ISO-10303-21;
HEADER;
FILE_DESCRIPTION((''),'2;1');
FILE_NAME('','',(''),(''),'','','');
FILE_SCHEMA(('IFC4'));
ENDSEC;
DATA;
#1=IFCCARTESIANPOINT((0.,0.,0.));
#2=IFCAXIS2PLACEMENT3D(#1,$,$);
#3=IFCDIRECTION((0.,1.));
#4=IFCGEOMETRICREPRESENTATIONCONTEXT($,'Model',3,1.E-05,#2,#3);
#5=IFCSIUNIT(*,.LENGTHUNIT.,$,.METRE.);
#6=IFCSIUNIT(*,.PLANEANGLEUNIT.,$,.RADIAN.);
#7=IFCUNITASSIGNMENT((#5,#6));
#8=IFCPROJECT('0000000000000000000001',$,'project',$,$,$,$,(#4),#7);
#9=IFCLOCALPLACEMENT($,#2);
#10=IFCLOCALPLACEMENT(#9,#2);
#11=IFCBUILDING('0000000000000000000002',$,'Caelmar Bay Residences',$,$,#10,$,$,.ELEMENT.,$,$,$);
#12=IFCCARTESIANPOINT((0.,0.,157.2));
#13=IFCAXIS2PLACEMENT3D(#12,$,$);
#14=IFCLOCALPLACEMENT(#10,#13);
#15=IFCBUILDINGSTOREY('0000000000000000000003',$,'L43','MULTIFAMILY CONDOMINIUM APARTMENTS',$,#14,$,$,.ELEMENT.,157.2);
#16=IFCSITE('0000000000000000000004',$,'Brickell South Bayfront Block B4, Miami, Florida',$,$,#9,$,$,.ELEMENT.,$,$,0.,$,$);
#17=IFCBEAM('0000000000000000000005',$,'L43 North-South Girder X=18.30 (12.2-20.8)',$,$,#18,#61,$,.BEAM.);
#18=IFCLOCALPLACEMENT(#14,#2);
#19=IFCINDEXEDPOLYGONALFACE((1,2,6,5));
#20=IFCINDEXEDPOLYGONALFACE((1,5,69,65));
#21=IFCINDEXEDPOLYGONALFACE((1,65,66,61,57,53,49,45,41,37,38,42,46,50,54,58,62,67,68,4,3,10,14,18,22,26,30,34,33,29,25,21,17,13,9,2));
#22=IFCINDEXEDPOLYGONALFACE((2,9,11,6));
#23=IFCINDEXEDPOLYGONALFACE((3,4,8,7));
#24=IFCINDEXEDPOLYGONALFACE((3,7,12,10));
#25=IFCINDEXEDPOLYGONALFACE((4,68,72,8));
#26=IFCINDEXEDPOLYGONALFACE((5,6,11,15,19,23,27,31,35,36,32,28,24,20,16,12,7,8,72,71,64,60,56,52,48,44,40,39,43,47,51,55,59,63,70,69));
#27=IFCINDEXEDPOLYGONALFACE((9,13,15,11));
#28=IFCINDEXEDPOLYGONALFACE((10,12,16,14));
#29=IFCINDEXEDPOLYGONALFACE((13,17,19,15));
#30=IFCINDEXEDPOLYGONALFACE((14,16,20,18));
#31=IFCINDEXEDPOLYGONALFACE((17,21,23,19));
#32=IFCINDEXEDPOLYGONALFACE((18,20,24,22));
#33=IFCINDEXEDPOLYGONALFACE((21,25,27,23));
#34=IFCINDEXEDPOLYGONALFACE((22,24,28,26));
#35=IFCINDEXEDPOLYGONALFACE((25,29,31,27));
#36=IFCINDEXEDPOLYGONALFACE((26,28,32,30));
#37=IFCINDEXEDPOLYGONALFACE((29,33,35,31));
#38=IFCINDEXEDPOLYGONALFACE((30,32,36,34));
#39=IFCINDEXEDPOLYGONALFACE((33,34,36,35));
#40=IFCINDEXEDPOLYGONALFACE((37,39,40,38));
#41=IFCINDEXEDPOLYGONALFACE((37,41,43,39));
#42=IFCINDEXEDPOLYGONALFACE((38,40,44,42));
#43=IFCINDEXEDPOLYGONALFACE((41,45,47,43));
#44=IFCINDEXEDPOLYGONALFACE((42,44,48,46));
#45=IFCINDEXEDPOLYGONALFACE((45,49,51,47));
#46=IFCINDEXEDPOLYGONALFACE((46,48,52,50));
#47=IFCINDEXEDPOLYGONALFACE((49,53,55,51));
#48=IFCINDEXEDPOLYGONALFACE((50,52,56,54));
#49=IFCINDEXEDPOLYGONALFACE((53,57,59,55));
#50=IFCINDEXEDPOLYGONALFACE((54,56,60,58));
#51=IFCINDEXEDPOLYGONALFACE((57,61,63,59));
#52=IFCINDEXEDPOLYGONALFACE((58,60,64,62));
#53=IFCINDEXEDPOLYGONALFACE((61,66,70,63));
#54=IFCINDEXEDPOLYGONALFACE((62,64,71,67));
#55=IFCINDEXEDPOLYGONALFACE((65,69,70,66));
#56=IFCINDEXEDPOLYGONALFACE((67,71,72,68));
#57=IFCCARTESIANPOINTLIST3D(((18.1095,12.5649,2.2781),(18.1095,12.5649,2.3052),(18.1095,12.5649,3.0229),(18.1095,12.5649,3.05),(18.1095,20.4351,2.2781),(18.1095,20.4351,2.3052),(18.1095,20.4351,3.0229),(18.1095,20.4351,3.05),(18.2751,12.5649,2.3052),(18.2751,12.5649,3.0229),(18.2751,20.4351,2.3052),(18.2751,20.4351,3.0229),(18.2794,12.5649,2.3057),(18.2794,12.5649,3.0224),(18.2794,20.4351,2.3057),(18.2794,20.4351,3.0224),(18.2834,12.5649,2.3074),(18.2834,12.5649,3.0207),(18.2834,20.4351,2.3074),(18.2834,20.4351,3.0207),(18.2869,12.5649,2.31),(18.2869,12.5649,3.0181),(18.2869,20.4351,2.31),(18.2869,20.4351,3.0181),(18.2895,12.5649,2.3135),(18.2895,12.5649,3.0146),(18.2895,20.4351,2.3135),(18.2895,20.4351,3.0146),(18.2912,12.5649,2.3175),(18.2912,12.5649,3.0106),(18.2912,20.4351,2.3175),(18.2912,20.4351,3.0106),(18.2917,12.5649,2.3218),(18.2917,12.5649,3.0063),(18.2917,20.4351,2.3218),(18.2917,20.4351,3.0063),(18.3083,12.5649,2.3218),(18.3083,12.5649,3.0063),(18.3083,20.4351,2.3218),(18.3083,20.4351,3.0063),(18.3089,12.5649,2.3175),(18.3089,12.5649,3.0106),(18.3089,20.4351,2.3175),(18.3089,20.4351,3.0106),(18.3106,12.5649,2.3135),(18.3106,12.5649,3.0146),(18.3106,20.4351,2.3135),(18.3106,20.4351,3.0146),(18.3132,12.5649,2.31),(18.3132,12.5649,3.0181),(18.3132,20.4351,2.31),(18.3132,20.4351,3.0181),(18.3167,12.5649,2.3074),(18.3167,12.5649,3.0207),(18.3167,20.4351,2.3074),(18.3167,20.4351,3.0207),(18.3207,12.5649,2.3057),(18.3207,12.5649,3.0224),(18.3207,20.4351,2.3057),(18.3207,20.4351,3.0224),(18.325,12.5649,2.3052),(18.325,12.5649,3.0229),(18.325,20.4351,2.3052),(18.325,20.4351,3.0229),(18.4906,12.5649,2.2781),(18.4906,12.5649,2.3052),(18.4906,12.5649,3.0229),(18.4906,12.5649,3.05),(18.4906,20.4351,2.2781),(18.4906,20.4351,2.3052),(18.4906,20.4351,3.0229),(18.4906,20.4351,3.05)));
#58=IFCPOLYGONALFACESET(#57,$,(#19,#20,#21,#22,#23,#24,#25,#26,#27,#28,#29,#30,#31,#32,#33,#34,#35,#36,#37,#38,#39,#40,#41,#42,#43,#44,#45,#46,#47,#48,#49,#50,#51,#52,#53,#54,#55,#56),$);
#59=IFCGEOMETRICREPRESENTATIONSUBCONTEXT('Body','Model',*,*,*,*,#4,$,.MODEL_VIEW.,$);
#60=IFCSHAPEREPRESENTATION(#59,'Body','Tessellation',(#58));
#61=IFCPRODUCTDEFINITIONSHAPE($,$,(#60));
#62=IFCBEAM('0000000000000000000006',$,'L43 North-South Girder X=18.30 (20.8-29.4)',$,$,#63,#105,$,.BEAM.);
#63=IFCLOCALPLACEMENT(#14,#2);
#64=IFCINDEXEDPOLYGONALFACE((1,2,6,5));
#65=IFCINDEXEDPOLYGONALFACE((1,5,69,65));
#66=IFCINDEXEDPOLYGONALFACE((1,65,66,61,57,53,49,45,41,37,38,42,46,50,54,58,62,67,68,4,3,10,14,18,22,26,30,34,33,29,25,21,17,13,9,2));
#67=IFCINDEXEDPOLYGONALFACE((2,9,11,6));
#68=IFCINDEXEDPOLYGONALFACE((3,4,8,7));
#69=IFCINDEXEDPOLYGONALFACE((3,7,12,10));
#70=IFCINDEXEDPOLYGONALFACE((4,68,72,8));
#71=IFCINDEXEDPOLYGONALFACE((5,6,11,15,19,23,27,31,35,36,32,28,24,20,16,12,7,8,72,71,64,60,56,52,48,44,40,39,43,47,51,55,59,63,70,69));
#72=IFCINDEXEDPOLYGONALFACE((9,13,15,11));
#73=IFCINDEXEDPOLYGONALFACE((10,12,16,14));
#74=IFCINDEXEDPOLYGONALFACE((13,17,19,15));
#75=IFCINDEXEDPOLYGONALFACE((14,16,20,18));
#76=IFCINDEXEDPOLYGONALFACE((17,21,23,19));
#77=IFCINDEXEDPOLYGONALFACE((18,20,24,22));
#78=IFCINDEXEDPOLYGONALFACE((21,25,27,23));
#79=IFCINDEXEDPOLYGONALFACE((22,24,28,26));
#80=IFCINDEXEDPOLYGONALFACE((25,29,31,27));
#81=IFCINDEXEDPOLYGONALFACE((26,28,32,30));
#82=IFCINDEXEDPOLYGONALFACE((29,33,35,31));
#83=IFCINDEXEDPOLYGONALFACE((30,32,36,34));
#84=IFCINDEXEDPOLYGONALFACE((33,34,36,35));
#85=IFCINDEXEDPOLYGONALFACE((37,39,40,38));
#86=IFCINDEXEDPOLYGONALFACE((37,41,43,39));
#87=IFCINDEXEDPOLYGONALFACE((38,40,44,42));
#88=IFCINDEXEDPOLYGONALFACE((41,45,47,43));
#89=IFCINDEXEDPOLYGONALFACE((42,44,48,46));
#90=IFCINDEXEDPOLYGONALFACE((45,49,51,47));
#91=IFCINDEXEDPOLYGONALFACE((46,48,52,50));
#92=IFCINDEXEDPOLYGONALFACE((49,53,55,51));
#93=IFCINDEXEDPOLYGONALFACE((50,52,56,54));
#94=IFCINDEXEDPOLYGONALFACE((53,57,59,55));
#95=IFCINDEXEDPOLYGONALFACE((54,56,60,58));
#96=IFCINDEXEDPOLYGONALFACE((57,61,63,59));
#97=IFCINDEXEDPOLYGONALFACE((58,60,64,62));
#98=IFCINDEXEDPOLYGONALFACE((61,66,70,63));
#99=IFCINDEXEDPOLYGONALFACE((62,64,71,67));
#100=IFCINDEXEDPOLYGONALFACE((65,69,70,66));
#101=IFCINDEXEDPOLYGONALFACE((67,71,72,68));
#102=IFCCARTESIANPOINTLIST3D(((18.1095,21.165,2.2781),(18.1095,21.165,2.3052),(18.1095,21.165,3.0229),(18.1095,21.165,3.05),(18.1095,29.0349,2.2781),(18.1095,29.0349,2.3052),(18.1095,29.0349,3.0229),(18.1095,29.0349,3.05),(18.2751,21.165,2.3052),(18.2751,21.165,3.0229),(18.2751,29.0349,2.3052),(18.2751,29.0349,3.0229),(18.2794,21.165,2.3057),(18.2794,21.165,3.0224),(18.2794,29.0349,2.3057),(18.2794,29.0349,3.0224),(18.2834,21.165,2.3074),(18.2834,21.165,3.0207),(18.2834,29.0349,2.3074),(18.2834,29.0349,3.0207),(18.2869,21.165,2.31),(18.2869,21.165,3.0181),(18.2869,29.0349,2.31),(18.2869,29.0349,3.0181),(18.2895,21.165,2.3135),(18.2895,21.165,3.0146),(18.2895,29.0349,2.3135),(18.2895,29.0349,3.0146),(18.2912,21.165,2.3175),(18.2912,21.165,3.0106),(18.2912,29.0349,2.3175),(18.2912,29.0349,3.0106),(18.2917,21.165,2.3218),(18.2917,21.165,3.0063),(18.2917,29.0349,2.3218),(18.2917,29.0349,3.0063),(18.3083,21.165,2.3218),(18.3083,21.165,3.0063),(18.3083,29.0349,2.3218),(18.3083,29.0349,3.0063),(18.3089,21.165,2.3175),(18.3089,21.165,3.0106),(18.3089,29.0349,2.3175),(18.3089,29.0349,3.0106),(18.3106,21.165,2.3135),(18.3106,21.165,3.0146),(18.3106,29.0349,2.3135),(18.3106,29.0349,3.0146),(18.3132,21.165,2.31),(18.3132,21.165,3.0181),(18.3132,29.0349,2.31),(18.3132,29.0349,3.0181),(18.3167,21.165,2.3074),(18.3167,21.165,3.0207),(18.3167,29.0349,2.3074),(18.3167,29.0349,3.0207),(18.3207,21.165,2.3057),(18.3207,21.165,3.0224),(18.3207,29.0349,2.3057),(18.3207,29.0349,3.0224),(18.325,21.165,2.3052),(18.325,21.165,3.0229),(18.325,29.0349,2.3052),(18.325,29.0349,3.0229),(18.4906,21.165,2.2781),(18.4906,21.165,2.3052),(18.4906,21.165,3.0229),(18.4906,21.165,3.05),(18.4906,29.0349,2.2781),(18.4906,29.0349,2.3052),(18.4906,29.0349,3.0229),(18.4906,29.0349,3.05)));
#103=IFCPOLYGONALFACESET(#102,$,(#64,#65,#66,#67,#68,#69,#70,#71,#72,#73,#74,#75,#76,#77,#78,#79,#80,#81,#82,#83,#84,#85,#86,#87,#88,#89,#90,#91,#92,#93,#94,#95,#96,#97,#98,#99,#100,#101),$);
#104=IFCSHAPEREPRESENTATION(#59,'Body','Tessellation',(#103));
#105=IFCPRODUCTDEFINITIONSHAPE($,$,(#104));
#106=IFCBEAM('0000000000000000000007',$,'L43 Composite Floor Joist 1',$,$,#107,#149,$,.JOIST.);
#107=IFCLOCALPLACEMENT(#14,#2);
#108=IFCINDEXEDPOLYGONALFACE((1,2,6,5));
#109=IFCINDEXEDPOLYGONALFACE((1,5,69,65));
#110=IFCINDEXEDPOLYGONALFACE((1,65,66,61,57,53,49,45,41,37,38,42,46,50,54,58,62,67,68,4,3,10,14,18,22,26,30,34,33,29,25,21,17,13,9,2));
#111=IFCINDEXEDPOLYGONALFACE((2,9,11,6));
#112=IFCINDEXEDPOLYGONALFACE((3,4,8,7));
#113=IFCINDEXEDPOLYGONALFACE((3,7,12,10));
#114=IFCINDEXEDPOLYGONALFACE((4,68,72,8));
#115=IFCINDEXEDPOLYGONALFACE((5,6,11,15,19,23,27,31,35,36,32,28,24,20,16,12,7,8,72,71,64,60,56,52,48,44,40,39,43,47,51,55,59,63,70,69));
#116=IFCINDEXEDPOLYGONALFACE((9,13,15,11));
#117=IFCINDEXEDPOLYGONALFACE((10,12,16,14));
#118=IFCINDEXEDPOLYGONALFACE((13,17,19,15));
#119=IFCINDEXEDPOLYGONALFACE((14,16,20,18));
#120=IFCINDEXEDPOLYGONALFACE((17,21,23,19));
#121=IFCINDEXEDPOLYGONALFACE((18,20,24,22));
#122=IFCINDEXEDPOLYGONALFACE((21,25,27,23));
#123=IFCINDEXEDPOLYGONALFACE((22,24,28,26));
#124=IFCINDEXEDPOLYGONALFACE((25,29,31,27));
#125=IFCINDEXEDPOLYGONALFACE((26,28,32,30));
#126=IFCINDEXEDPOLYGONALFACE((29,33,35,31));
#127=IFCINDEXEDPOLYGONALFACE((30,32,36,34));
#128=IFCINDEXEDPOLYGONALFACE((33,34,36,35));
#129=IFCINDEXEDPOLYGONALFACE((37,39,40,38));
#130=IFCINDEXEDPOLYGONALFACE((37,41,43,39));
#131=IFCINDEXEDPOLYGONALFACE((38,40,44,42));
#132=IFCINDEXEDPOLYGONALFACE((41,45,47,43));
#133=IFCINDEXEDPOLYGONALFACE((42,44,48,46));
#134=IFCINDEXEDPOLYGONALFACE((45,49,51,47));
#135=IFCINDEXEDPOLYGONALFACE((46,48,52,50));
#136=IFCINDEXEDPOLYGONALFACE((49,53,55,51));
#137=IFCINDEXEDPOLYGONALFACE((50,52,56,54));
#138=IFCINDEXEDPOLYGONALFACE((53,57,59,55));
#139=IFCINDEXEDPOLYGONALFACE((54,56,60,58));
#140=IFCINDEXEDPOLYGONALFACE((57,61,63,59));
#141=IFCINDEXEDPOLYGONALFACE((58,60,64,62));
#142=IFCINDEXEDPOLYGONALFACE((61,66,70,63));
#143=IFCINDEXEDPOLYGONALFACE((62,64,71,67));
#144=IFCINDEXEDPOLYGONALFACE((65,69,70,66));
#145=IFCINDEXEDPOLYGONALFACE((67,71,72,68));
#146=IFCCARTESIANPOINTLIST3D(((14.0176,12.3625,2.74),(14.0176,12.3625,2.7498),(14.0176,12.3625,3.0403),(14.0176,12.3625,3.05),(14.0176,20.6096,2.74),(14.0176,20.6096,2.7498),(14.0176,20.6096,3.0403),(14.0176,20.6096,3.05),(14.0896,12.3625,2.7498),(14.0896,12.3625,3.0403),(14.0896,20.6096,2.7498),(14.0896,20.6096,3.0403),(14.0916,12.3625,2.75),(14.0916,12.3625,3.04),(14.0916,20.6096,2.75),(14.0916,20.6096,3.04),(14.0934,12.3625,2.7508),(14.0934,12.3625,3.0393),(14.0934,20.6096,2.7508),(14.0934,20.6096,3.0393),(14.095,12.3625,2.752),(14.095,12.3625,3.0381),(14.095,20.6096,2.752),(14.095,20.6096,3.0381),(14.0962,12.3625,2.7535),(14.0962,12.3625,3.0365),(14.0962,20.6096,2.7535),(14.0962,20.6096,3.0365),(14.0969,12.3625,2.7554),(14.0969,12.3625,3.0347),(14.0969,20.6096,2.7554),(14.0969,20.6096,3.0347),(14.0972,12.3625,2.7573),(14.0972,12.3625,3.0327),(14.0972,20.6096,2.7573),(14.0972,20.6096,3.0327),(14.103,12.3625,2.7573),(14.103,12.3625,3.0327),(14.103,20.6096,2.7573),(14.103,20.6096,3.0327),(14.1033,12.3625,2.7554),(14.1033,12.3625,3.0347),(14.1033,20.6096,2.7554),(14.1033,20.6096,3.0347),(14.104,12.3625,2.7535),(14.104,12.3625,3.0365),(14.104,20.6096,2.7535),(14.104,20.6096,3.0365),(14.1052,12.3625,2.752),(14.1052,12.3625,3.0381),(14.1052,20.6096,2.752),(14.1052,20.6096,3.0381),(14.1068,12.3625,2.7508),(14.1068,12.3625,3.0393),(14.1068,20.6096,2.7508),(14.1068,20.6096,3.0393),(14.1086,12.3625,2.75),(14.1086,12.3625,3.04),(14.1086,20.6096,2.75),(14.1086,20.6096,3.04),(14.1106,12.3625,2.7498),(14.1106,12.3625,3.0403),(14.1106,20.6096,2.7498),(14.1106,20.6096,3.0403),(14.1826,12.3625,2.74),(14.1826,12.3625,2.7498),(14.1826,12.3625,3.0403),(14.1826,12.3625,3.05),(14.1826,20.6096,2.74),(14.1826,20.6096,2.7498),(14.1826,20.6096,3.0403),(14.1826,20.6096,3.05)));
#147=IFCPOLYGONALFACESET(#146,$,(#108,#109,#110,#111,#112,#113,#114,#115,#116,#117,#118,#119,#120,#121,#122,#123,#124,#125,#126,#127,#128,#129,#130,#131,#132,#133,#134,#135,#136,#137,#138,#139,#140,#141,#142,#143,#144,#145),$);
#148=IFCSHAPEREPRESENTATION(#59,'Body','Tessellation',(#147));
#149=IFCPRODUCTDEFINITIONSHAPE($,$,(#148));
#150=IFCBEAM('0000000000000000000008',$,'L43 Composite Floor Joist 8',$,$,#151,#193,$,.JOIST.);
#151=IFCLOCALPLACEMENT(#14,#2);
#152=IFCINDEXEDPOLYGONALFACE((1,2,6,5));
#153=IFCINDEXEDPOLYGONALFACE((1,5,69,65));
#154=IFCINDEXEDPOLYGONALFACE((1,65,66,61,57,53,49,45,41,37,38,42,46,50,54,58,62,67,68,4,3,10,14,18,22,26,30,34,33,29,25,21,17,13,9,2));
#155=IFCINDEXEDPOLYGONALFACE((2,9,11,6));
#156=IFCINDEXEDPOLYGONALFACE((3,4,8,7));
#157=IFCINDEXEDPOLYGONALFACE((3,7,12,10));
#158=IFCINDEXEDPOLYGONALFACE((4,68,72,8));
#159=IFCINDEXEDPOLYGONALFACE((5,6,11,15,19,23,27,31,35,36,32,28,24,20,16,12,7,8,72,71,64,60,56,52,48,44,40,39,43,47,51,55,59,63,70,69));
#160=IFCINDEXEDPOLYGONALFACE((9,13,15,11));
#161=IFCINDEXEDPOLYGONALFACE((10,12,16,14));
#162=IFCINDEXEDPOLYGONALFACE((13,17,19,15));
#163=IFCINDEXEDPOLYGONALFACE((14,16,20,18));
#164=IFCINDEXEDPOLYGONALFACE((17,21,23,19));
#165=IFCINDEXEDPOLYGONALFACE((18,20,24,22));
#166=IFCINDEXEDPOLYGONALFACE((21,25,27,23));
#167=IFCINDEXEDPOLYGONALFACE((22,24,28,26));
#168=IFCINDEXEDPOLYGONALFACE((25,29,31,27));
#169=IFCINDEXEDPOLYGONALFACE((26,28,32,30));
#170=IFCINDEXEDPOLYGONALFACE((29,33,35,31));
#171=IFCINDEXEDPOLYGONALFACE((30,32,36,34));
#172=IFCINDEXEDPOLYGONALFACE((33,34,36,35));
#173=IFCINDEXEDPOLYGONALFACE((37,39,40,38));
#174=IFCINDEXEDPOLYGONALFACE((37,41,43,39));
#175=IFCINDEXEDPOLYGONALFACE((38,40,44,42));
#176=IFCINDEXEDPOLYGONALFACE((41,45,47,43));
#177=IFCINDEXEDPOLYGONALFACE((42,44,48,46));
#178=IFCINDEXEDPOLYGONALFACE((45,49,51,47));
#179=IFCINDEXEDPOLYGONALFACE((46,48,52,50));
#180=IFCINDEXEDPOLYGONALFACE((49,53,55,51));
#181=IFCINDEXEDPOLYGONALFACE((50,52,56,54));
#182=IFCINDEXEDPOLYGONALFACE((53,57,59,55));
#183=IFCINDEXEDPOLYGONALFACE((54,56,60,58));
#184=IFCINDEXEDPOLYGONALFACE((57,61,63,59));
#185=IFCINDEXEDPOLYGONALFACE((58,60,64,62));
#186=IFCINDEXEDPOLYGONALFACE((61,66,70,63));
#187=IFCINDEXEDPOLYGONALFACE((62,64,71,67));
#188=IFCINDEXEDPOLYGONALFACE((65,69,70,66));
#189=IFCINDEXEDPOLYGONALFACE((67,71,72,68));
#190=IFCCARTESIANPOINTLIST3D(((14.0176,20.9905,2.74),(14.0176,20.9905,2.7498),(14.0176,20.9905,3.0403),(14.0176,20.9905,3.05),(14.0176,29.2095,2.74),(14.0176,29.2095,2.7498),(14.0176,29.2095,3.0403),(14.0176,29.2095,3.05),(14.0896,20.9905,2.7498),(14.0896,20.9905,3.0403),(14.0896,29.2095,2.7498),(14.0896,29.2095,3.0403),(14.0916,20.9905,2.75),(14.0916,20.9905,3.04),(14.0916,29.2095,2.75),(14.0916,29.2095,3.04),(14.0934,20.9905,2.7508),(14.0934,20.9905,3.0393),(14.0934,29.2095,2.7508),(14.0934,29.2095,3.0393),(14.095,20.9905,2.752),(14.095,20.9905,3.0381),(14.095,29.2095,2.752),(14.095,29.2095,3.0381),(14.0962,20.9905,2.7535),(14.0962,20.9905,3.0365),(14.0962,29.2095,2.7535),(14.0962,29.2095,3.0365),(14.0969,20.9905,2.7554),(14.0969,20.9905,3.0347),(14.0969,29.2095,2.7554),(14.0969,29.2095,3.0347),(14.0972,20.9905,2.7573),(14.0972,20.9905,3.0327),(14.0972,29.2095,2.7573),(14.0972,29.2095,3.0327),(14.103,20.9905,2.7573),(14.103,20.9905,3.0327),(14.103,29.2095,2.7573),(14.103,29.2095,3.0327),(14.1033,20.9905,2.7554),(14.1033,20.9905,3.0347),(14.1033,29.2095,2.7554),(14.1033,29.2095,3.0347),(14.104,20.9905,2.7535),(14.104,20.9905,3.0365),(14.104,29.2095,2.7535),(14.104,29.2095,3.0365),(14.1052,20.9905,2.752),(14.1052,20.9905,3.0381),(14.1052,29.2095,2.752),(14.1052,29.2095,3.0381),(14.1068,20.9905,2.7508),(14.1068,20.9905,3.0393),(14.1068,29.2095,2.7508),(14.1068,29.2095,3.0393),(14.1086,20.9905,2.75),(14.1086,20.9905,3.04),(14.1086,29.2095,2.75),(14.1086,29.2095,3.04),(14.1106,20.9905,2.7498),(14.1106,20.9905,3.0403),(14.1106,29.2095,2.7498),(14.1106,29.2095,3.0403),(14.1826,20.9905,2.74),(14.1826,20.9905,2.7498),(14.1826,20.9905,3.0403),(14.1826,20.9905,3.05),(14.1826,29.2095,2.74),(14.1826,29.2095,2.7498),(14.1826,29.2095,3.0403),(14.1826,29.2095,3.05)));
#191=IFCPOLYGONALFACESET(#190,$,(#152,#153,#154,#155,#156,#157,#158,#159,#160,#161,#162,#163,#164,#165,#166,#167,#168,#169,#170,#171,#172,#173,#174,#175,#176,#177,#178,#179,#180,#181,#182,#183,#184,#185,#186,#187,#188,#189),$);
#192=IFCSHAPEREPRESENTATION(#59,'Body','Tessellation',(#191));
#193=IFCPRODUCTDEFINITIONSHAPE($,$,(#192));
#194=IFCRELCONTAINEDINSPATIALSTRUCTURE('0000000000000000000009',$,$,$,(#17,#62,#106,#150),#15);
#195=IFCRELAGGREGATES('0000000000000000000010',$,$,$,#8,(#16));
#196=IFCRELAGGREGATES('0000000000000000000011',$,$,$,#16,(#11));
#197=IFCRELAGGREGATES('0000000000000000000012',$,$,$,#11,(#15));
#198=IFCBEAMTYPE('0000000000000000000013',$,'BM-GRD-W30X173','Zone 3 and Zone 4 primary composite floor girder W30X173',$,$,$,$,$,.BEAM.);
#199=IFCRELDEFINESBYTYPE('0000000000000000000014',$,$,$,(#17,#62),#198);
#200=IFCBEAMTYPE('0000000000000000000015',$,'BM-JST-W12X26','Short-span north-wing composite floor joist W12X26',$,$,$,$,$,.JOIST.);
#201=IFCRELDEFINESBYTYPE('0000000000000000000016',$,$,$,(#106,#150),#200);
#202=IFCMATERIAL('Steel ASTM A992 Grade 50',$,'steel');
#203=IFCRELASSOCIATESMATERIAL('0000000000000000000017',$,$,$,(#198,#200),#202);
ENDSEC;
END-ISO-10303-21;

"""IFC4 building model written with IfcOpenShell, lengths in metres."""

from ifc_helpers import new_model, si_unit, direction, frame, origin, origin_2d, place, context, subcontext, project, spatial, i_section, extrude, material, material_profile, profile_set, type_object, element, save


model = new_model("IFC4")

# Units and contexts
model_context = context("Model", 3, precision=1e-05, world=origin(), true_north=direction((0.0, 1.0)))
body_context = subcontext(model_context, "Body", "Model", "MODEL_VIEW")
ifc_project = project(units=[si_unit("LENGTHUNIT", "METRE"), si_unit("PLANEANGLEUNIT", "RADIAN")], contexts=[model_context])

# Site, building, storey
site_placement = place(None, origin())
site = spatial("IfcSite", under=ifc_project, at=site_placement, Name="Brickell South Bayfront Block B4, Miami, Florida", CompositionType="ELEMENT", RefElevation=0.0)
building_placement = place(site_placement, origin())
building = spatial("IfcBuilding", under=site, at=building_placement, Name="Caelmar Bay Residences", CompositionType="ELEMENT")
storey_placement = place(building_placement, frame((0.0, 0.0, 157.2)))
storey = spatial("IfcBuildingStorey", under=building, at=storey_placement, Name="L43", Description="MULTIFAMILY CONDOMINIUM APARTMENTS", CompositionType="ELEMENT", Elevation=157.2)

# Beams
ifc_material_1 = material(Name="Steel ASTM A992 Grade 50", Category="steel")
ifc_material_profile_1 = material_profile(ifc_material_1, i_section(OverallWidth=0.3811, OverallDepth=0.772, WebThickness=0.0166, FlangeThickness=0.0271, FilletRadius=0.0166, at=origin_2d()), Name="W30X173")
ifc_profile_set_1 = profile_set([ifc_material_profile_1], Name="Steel ASTM A992 Grade 50")
beam_type_1 = type_object("IfcBeamType", Name="BM-GRD-W30X173", Description="Zone 3 and Zone 4 primary composite floor girder W30X173", PredefinedType="BEAM", material=ifc_profile_set_1)
beam_1_placement = place(storey_placement, frame((18.3, 12.5649, 2.6641), z_axis=(0.0, 1.0, 0.0), x_axis=(-1.0, 0.0, 0.0)))
element("IfcBeam", 1, at=beam_1_placement, inside=storey, type_object=beam_type_1, Name="L43 North-South Girder X=18.30 (12.2-20.8)", PredefinedType="BEAM", context=body_context, shape_type="SweptSolid", body=[
    extrude(i_section(OverallWidth=0.3811, OverallDepth=0.772, WebThickness=0.0166, FlangeThickness=0.0271, FilletRadius=0.0166, at=origin_2d()), origin(), (0.0, 0.0, 1.0), 7.8701),
])
beam_2_placement = place(storey_placement, frame((18.3, 21.165, 2.6641), z_axis=(0.0, 1.0, 0.0), x_axis=(-1.0, 0.0, 0.0)))
element("IfcBeam", 2, at=beam_2_placement, inside=storey, type_object=beam_type_1, Name="L43 North-South Girder X=18.30 (20.8-29.4)", PredefinedType="BEAM", context=body_context, shape_type="SweptSolid", body=[
    extrude(i_section(OverallWidth=0.3811, OverallDepth=0.772, WebThickness=0.0166, FlangeThickness=0.0271, FilletRadius=0.0166, at=origin_2d()), origin(), (0.0, 0.0, 1.0), 7.8699),
])
ifc_material_profile_2 = material_profile(ifc_material_1, i_section(OverallWidth=0.165, OverallDepth=0.3101, WebThickness=0.0059, FlangeThickness=0.0098, FilletRadius=0.0076, at=origin_2d()), Name="W12X26")
ifc_profile_set_2 = profile_set([ifc_material_profile_2], Name="Steel ASTM A992 Grade 50")
beam_type_2 = type_object("IfcBeamType", Name="BM-JST-W12X26", Description="Short-span north-wing composite floor joist W12X26", PredefinedType="JOIST", material=ifc_profile_set_2)
beam_3_placement = place(storey_placement, frame((14.1001, 12.3625, 2.895), z_axis=(0.0, 1.0, 0.0), x_axis=(-1.0, 0.0, 0.0)))
element("IfcBeam", 3, at=beam_3_placement, inside=storey, type_object=beam_type_2, Name="L43 Composite Floor Joist 1", PredefinedType="JOIST", context=body_context, shape_type="SweptSolid", body=[
    extrude(i_section(OverallWidth=0.165, OverallDepth=0.3101, WebThickness=0.0059, FlangeThickness=0.0098, FilletRadius=0.0076, at=origin_2d()), origin(), (0.0, 0.0, 1.0), 8.2471),
])
beam_4_placement = place(storey_placement, frame((14.1001, 20.9905, 2.895), z_axis=(0.0, 1.0, 0.0), x_axis=(-1.0, 0.0, 0.0)))
element("IfcBeam", 4, at=beam_4_placement, inside=storey, type_object=beam_type_2, Name="L43 Composite Floor Joist 8", PredefinedType="JOIST", context=body_context, shape_type="SweptSolid", body=[
    extrude(i_section(OverallWidth=0.165, OverallDepth=0.3101, WebThickness=0.0059, FlangeThickness=0.0098, FilletRadius=0.0076, at=origin_2d()), origin(), (0.0, 0.0, 1.0), 8.219),
])

save(model, "model.ifc")
